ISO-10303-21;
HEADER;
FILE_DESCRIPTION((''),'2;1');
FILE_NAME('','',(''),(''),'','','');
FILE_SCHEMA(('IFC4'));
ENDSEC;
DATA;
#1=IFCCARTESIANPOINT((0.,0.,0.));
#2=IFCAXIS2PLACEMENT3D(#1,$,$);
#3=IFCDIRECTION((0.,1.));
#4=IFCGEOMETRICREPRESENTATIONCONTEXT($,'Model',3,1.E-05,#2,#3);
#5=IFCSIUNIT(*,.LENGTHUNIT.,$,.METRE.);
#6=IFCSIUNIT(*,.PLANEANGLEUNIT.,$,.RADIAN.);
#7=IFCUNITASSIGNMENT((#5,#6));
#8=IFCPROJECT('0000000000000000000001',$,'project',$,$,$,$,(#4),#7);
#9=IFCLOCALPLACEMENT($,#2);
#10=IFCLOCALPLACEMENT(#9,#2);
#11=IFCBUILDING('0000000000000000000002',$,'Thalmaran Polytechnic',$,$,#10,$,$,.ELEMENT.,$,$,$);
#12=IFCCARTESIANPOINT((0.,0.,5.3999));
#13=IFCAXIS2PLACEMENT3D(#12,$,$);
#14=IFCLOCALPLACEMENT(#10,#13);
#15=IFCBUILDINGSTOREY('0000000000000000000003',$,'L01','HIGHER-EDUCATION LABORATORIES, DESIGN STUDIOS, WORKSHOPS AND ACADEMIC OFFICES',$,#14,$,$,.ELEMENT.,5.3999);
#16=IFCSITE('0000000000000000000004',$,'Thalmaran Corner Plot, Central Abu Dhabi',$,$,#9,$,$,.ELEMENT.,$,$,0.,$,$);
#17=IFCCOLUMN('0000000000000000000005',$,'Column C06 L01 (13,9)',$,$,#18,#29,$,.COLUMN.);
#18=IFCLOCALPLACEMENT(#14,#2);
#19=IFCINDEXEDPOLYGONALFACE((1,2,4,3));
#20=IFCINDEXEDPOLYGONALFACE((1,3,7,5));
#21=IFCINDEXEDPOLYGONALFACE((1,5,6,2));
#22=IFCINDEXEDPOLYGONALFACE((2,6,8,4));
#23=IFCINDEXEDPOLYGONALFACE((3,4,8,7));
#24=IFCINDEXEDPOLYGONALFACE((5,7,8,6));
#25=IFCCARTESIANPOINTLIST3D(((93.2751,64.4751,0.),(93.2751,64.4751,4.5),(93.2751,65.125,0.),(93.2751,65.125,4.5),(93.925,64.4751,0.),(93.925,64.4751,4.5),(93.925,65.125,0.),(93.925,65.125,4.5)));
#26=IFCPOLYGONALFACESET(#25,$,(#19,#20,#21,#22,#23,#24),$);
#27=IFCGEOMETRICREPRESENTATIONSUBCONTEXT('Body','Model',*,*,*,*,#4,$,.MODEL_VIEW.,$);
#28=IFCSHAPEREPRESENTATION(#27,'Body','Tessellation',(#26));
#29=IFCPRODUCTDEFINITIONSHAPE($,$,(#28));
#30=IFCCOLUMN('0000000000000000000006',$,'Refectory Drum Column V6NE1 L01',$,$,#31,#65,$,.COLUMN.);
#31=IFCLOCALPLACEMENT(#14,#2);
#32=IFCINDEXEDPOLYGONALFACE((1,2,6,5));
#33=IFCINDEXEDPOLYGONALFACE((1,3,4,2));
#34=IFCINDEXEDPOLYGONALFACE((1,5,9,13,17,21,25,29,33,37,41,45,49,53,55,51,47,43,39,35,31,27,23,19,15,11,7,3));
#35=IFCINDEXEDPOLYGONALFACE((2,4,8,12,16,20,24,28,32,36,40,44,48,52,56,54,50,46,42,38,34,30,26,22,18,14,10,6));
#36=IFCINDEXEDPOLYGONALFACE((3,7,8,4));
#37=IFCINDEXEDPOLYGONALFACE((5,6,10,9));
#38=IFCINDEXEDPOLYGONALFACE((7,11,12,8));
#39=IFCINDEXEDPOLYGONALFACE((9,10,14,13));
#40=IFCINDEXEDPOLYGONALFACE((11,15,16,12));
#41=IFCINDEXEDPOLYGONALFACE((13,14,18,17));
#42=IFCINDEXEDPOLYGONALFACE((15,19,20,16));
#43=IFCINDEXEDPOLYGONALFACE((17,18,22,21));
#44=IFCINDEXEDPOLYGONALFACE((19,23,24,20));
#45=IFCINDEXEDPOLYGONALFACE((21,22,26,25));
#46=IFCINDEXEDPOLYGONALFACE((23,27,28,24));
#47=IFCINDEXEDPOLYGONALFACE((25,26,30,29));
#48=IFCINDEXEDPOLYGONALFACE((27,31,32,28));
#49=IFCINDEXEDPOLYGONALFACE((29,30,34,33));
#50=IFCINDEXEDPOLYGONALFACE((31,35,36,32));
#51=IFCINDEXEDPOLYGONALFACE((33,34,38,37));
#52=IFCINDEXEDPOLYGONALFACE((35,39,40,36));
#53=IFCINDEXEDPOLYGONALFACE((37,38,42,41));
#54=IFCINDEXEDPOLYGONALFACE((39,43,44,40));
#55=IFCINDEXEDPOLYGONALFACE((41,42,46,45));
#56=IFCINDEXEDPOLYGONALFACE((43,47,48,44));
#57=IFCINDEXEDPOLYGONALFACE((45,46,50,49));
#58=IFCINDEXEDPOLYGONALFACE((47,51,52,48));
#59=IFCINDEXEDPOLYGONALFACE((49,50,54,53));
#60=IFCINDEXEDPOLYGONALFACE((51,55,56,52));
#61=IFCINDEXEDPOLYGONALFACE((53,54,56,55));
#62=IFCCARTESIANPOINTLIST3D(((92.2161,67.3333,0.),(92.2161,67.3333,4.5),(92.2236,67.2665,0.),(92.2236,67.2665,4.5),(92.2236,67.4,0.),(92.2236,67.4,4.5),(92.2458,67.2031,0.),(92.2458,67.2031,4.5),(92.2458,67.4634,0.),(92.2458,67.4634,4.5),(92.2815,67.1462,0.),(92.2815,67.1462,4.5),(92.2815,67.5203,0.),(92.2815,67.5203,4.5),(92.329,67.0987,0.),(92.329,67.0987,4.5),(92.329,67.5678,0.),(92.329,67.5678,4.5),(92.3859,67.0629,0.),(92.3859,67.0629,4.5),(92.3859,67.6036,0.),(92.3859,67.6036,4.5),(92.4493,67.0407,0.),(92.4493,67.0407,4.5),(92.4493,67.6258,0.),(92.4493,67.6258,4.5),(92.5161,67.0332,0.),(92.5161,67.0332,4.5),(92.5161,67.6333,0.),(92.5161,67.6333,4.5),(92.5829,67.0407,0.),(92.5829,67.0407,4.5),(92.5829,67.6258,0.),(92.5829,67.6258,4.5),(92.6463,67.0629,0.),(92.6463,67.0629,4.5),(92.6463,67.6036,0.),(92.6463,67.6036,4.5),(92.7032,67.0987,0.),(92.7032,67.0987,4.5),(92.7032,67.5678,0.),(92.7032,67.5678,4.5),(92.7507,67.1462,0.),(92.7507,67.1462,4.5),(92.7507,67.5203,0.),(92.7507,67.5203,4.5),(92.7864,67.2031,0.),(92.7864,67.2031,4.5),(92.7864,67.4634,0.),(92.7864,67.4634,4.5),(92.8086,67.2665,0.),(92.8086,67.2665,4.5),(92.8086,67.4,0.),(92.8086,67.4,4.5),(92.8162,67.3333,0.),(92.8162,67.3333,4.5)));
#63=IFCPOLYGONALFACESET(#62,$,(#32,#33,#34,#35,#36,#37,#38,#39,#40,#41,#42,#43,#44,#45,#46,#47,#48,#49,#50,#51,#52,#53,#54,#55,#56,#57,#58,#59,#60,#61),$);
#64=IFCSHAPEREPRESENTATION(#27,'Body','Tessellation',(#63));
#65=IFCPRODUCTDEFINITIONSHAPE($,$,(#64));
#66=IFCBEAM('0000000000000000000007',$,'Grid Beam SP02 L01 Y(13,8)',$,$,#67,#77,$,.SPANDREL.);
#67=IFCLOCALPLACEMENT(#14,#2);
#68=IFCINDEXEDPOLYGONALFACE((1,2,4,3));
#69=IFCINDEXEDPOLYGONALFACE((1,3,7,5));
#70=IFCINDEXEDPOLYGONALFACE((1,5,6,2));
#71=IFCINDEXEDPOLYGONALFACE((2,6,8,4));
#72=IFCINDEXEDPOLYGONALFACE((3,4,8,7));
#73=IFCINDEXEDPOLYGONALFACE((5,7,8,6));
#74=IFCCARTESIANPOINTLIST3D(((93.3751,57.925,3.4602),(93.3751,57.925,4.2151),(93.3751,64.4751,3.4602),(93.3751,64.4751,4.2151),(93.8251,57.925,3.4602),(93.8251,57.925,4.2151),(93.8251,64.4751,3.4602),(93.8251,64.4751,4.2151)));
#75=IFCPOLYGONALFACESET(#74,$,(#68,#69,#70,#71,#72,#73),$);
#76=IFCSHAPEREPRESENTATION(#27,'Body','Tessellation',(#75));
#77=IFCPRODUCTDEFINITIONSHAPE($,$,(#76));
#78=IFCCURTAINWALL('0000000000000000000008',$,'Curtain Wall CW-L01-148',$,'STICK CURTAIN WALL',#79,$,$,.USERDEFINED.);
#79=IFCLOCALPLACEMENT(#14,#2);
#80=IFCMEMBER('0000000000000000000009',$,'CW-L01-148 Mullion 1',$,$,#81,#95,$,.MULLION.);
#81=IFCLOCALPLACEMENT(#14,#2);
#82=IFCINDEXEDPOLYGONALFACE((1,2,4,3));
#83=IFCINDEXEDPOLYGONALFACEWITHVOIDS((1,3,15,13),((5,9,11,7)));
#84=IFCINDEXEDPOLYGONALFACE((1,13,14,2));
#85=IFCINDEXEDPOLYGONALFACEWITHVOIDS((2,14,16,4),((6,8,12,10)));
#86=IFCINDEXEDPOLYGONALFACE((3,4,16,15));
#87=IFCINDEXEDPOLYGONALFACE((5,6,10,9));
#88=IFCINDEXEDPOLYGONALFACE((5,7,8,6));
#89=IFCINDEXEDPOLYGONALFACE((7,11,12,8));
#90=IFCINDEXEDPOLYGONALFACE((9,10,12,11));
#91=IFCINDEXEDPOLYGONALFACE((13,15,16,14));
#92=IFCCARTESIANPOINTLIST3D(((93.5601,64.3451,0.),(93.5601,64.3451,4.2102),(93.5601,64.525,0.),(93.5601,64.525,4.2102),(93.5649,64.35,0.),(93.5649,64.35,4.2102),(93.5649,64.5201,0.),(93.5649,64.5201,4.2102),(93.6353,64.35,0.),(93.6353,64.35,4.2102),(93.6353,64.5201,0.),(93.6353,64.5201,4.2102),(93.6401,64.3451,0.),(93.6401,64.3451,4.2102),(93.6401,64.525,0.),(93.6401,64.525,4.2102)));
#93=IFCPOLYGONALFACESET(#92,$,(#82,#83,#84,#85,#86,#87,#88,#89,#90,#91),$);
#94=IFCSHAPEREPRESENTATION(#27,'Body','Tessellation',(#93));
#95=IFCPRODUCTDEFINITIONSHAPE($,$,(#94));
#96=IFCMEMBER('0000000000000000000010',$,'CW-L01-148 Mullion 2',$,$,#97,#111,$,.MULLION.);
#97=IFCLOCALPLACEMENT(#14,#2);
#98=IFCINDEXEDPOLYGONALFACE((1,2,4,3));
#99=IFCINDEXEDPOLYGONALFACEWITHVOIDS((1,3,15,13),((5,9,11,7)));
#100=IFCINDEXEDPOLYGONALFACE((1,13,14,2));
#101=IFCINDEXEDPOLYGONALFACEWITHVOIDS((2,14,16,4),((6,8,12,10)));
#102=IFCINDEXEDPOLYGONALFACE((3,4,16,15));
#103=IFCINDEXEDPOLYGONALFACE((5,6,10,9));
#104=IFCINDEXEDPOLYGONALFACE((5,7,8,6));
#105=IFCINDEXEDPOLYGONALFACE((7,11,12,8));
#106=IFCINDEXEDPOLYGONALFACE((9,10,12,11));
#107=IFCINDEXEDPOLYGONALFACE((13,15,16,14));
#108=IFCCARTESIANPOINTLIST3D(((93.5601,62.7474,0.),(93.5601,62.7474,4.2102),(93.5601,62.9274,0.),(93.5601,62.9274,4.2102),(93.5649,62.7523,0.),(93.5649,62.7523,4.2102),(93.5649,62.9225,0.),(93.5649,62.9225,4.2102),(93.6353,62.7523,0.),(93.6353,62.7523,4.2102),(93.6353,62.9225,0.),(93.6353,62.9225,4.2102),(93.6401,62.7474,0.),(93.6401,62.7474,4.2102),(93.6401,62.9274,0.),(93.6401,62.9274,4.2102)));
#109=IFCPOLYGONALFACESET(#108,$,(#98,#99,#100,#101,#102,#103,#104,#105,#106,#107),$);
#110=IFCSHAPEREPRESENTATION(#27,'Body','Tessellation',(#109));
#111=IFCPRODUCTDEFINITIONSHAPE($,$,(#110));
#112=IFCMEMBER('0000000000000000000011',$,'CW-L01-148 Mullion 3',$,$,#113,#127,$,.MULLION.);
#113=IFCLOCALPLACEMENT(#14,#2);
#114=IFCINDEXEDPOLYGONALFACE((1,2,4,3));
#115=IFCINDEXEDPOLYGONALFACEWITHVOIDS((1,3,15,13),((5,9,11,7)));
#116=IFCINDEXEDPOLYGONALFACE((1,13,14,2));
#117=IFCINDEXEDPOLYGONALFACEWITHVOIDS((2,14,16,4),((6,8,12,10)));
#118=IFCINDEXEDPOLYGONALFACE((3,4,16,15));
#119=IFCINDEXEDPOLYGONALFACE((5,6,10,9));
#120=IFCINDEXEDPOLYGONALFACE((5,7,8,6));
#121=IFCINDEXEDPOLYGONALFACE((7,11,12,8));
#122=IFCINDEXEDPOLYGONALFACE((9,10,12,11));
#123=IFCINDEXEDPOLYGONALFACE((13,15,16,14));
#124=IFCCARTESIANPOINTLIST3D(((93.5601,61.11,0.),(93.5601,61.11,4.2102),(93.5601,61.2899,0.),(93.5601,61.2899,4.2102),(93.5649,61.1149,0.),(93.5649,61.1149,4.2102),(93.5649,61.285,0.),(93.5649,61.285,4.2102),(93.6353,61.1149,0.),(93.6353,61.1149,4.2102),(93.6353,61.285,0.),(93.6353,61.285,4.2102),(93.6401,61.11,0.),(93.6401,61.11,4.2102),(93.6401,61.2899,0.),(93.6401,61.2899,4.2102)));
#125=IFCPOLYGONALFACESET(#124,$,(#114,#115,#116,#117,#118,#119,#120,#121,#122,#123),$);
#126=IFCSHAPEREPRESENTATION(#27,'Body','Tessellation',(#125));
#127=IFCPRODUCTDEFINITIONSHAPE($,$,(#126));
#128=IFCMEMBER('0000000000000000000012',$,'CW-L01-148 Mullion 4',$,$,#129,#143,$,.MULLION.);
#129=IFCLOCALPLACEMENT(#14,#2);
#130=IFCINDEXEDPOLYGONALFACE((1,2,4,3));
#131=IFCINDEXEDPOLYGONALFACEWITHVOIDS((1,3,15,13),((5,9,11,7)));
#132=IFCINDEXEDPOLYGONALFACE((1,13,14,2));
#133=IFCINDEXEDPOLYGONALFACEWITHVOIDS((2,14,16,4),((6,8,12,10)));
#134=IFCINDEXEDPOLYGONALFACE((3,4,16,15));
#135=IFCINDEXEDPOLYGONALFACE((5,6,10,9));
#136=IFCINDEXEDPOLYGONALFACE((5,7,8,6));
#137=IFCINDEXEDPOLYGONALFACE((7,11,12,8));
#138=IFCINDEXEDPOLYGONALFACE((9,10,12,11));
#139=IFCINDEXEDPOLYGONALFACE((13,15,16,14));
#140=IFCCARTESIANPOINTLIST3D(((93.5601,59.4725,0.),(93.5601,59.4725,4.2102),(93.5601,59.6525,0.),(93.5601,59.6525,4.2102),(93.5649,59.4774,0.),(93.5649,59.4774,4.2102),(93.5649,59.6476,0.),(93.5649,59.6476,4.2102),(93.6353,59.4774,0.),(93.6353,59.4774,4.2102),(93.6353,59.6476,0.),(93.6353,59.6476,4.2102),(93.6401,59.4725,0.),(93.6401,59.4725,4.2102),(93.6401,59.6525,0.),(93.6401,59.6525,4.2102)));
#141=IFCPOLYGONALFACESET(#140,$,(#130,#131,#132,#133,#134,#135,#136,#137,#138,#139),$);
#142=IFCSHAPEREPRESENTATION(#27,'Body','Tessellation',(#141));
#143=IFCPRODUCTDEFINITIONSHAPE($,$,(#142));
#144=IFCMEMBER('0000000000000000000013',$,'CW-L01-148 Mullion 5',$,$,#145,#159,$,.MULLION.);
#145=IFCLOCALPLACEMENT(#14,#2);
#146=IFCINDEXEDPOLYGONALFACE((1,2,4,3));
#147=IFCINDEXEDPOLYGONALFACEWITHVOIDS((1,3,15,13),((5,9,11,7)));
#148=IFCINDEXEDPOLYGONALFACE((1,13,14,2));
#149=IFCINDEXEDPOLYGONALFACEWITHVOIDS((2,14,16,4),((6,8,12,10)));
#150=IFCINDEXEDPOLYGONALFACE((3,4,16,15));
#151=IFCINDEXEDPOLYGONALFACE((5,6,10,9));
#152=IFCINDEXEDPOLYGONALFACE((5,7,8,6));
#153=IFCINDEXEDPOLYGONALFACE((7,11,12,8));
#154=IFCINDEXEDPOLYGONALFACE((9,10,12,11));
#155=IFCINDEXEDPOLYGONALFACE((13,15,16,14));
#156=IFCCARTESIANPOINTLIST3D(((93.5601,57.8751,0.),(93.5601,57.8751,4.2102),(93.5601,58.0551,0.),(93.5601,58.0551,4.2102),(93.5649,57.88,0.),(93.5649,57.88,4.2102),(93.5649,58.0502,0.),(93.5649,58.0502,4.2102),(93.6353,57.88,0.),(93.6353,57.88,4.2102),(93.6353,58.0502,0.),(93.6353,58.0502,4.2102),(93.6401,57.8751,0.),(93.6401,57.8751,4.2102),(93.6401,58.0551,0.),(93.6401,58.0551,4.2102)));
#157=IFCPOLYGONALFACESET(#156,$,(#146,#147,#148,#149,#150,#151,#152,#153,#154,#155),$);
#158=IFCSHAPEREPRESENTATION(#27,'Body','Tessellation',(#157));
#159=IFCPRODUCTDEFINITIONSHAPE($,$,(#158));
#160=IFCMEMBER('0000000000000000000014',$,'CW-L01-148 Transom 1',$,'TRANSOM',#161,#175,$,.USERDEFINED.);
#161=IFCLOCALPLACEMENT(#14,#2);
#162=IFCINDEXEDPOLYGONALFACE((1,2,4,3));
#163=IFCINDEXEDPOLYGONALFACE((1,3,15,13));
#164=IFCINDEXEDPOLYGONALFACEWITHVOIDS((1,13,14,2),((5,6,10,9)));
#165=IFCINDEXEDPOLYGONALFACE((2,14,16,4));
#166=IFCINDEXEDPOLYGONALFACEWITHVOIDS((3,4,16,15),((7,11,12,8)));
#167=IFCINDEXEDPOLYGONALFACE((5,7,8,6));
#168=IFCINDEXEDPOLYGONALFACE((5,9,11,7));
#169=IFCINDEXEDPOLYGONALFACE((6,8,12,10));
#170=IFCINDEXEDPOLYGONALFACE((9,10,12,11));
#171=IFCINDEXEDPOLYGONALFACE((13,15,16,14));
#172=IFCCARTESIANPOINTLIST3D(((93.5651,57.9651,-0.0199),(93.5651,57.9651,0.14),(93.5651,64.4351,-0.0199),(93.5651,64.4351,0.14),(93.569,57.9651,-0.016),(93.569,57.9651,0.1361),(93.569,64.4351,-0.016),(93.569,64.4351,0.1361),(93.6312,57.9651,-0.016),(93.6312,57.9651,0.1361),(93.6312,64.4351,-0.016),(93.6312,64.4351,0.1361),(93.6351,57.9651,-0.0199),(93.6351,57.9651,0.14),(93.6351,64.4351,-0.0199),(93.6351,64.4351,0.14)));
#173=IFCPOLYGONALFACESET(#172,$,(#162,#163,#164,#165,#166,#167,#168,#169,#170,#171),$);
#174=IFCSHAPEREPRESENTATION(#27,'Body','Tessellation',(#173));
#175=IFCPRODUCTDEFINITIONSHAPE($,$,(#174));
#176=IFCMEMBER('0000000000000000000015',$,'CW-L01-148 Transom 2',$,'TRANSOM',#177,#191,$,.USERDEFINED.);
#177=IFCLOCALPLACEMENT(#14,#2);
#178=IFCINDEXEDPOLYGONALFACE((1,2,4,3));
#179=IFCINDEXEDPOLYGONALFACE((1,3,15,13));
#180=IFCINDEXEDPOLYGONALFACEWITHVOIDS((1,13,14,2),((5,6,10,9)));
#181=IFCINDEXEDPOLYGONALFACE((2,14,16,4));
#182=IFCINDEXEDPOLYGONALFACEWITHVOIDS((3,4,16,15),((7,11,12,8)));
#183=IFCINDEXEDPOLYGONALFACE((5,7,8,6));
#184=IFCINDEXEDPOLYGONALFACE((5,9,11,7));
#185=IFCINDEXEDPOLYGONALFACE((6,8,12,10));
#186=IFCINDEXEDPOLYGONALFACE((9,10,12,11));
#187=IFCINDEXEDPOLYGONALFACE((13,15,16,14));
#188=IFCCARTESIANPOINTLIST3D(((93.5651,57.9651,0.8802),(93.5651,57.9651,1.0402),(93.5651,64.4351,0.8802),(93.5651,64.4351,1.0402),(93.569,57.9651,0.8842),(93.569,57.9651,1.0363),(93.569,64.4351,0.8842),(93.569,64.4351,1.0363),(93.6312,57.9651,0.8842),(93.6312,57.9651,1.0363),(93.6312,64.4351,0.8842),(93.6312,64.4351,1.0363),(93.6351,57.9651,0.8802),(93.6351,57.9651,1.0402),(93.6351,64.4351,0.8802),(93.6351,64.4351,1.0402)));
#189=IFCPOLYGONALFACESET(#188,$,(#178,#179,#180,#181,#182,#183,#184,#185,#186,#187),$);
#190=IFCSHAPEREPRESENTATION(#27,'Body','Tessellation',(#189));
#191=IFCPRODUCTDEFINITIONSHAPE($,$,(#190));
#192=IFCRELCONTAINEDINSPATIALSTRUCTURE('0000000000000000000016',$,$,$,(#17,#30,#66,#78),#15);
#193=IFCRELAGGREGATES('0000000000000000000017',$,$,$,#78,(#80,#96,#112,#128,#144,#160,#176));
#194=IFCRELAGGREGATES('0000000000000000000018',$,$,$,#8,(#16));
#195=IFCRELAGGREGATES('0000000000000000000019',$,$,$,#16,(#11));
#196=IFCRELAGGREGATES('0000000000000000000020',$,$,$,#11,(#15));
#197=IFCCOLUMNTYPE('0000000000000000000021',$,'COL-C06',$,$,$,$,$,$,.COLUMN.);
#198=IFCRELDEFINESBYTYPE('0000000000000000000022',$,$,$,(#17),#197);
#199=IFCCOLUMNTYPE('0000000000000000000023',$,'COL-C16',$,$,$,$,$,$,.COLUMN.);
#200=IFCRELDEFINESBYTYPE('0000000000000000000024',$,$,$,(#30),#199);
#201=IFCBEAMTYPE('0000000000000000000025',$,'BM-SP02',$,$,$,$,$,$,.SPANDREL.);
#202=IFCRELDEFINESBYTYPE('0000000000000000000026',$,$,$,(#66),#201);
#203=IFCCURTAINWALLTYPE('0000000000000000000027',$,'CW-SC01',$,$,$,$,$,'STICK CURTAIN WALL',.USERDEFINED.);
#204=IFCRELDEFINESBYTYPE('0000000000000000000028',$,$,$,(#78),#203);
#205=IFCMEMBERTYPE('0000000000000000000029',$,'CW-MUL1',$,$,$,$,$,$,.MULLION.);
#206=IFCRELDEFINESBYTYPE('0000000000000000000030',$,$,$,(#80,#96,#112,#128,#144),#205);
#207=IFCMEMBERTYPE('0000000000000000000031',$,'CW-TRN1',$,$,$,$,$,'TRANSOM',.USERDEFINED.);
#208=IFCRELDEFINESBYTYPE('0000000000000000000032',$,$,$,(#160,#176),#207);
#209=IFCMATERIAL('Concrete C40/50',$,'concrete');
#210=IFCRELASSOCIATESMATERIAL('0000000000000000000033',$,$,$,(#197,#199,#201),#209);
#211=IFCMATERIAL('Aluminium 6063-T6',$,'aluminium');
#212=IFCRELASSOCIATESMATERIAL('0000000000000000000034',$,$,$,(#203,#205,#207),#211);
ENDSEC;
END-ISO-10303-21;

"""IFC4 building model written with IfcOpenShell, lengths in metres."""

from ifc_helpers import new_model, si_unit, direction, frame, origin, origin_2d, place, context, subcontext, project, spatial, rectangle, hollow_rectangle, circle, extrude, material, material_profile, profile_set, type_object, element, aggregate, save


model = new_model("IFC4")

# Units and contexts
model_context = context("Model", 3, precision=1e-05, world=origin(), true_north=direction((0.0, 1.0)))
body_context = subcontext(model_context, "Body", "Model", "MODEL_VIEW")
ifc_project = project(units=[si_unit("LENGTHUNIT", "METRE"), si_unit("PLANEANGLEUNIT", "RADIAN")], contexts=[model_context])

# Site, building, storey
site_placement = place(None, origin())
site = spatial("IfcSite", under=ifc_project, at=site_placement, Name="Thalmaran Corner Plot, Central Abu Dhabi", CompositionType="ELEMENT", RefElevation=0.0)
building_placement = place(site_placement, origin())
building = spatial("IfcBuilding", under=site, at=building_placement, Name="Thalmaran Polytechnic", CompositionType="ELEMENT")
storey_placement = place(building_placement, frame((0.0, 0.0, 5.3999)))
storey = spatial("IfcBuildingStorey", under=building, at=storey_placement, Name="L01", Description="HIGHER-EDUCATION LABORATORIES, DESIGN STUDIOS, WORKSHOPS AND ACADEMIC OFFICES", CompositionType="ELEMENT", Elevation=5.3999)

# Columns
ifc_material_1 = material(Name="Concrete C40/50", Category="concrete")
ifc_material_profile_1 = material_profile(ifc_material_1, rectangle(XDim=0.6499, YDim=0.6499, at=origin_2d()), Name="RC 650x650")
ifc_profile_set_1 = profile_set([ifc_material_profile_1], Name="Concrete C40/50")
column_type_1 = type_object("IfcColumnType", Name="COL-C06", PredefinedType="COLUMN", material=ifc_profile_set_1)
column_1_placement = place(storey_placement, frame((93.6001, 64.8, 0.0), z_axis=(0.0, 0.0, 1.0), x_axis=(1.0, 0.0, 0.0)))
element("IfcColumn", 1, at=column_1_placement, inside=storey, type_object=column_type_1, Name="Column C06 L01 (13,9)", PredefinedType="COLUMN", context=body_context, shape_type="SweptSolid", body=[
    extrude(rectangle(XDim=0.6499, YDim=0.6499, at=origin_2d()), origin(), (0.0, 0.0, 1.0), 4.5),
])
ifc_material_profile_2 = material_profile(ifc_material_1, circle(Radius=0.3, at=origin_2d()), Name="RC 600 DIA")
ifc_profile_set_2 = profile_set([ifc_material_profile_2], Name="Concrete C40/50")
column_type_2 = type_object("IfcColumnType", Name="COL-C16", PredefinedType="COLUMN", material=ifc_profile_set_2)
column_2_placement = place(storey_placement, frame((92.5161, 67.3333, 0.0), z_axis=(0.0, 0.0, 1.0), x_axis=(1.0, 0.0, 0.0)))
element("IfcColumn", 2, at=column_2_placement, inside=storey, type_object=column_type_2, Name="Refectory Drum Column V6NE1 L01", PredefinedType="COLUMN", context=body_context, shape_type="SweptSolid", body=[
    extrude(circle(Radius=0.3, at=origin_2d()), origin(), (0.0, 0.0, 1.0), 4.5),
])

# Beam
ifc_material_profile_3 = material_profile(ifc_material_1, rectangle(XDim=0.45, YDim=0.7549, at=origin_2d()), Name="RC 450x755")
ifc_profile_set_3 = profile_set([ifc_material_profile_3], Name="Concrete C40/50")
beam_type = type_object("IfcBeamType", Name="BM-SP02", PredefinedType="SPANDREL", material=ifc_profile_set_3)
beam_placement = place(storey_placement, frame((93.6001, 57.925, 3.8376), z_axis=(0.0, 1.0, 0.0), x_axis=(-1.0, 0.0, 0.0)))
element("IfcBeam", 3, at=beam_placement, inside=storey, type_object=beam_type, Name="Grid Beam SP02 L01 Y(13,8)", PredefinedType="SPANDREL", context=body_context, shape_type="SweptSolid", body=[
    extrude(rectangle(XDim=0.45, YDim=0.7549, at=origin_2d()), origin(), (0.0, 0.0, 1.0), 6.55),
])

# Curtain wall, members
ifc_material_2 = material(Name="Aluminium 6063-T6", Category="aluminium")
curtain_wall_type = type_object("IfcCurtainWallType", Name="CW-SC01", ElementType="STICK CURTAIN WALL", PredefinedType="USERDEFINED", material=ifc_material_2)
curtain_wall_placement = place(storey_placement, origin())
curtain_wall = element("IfcCurtainWall", 4, at=curtain_wall_placement, inside=storey, type_object=curtain_wall_type, Name="Curtain Wall CW-L01-148", ObjectType="STICK CURTAIN WALL", PredefinedType="USERDEFINED")
ifc_material_profile_4 = material_profile(ifc_material_2, hollow_rectangle(XDim=0.0801, YDim=0.1799, WallThickness=0.0049, at=origin_2d()), Name="RHS 180x80x5.0")
ifc_profile_set_4 = profile_set([ifc_material_profile_4], Name="Aluminium 6063-T6")
member_type_1 = type_object("IfcMemberType", Name="CW-MUL1", PredefinedType="MULLION", material=ifc_profile_set_4)
member_1_placement = place(storey_placement, frame((93.6001, 64.4351, 0.0), z_axis=(0.0, 0.0, 1.0), x_axis=(1.0, 0.0, 0.0)))
member_1 = element("IfcMember", 5, at=member_1_placement, type_object=member_type_1, Name="CW-L01-148 Mullion 1", PredefinedType="MULLION", context=body_context, shape_type="SweptSolid", body=[
    extrude(hollow_rectangle(XDim=0.0801, YDim=0.1799, WallThickness=0.0049, at=origin_2d()), origin(), (0.0, 0.0, 1.0), 4.2102),
])
member_2_placement = place(storey_placement, frame((93.6001, 62.8374, 0.0), z_axis=(0.0, 0.0, 1.0), x_axis=(1.0, 0.0, 0.0)))
member_2 = element("IfcMember", 6, at=member_2_placement, type_object=member_type_1, Name="CW-L01-148 Mullion 2", PredefinedType="MULLION", context=body_context, shape_type="SweptSolid", body=[
    extrude(hollow_rectangle(XDim=0.0801, YDim=0.1799, WallThickness=0.0049, at=origin_2d()), origin(), (0.0, 0.0, 1.0), 4.2102),
])
member_3_placement = place(storey_placement, frame((93.6001, 61.2, 0.0), z_axis=(0.0, 0.0, 1.0), x_axis=(1.0, 0.0, 0.0)))
member_3 = element("IfcMember", 7, at=member_3_placement, type_object=member_type_1, Name="CW-L01-148 Mullion 3", PredefinedType="MULLION", context=body_context, shape_type="SweptSolid", body=[
    extrude(hollow_rectangle(XDim=0.0801, YDim=0.1799, WallThickness=0.0049, at=origin_2d()), origin(), (0.0, 0.0, 1.0), 4.2102),
])
member_4_placement = place(storey_placement, frame((93.6001, 59.5625, 0.0), z_axis=(0.0, 0.0, 1.0), x_axis=(1.0, 0.0, 0.0)))
member_4 = element("IfcMember", 8, at=member_4_placement, type_object=member_type_1, Name="CW-L01-148 Mullion 4", PredefinedType="MULLION", context=body_context, shape_type="SweptSolid", body=[
    extrude(hollow_rectangle(XDim=0.0801, YDim=0.1799, WallThickness=0.0049, at=origin_2d()), origin(), (0.0, 0.0, 1.0), 4.2102),
])
member_5_placement = place(storey_placement, frame((93.6001, 57.9651, 0.0), z_axis=(0.0, 0.0, 1.0), x_axis=(1.0, 0.0, 0.0)))
member_5 = element("IfcMember", 9, at=member_5_placement, type_object=member_type_1, Name="CW-L01-148 Mullion 5", PredefinedType="MULLION", context=body_context, shape_type="SweptSolid", body=[
    extrude(hollow_rectangle(XDim=0.0801, YDim=0.1799, WallThickness=0.0049, at=origin_2d()), origin(), (0.0, 0.0, 1.0), 4.2102),
])
ifc_material_profile_5 = material_profile(ifc_material_2, hollow_rectangle(XDim=0.0701, YDim=0.1599, WallThickness=0.0039, at=origin_2d()), Name="AL 160x70x4.0")
ifc_profile_set_5 = profile_set([ifc_material_profile_5], Name="Aluminium 6063-T6")
member_type_2 = type_object("IfcMemberType", Name="CW-TRN1", ElementType="TRANSOM", PredefinedType="USERDEFINED", material=ifc_profile_set_5)
member_6_placement = place(storey_placement, frame((93.6001, 64.4351, 0.0601), z_axis=(0.0, -1.0, 0.0), x_axis=(1.0, 0.0, 0.0)))
member_6 = element("IfcMember", 10, at=member_6_placement, type_object=member_type_2, Name="CW-L01-148 Transom 1", ObjectType="TRANSOM", PredefinedType="USERDEFINED", context=body_context, shape_type="SweptSolid", body=[
    extrude(hollow_rectangle(XDim=0.0701, YDim=0.1599, WallThickness=0.0039, at=origin_2d()), origin(), (0.0, 0.0, 1.0), 6.47),
])
member_7_placement = place(storey_placement, frame((93.6001, 64.4351, 0.9602), z_axis=(0.0, -1.0, 0.0), x_axis=(1.0, 0.0, 0.0)))
member_7 = element("IfcMember", 11, at=member_7_placement, type_object=member_type_2, Name="CW-L01-148 Transom 2", ObjectType="TRANSOM", PredefinedType="USERDEFINED", context=body_context, shape_type="SweptSolid", body=[
    extrude(hollow_rectangle(XDim=0.0701, YDim=0.1599, WallThickness=0.0039, at=origin_2d()), origin(), (0.0, 0.0, 1.0), 6.47),
])

aggregate(curtain_wall, [member_1, member_2, member_3, member_4, member_5, member_6, member_7])

save(model, "model.ifc")
